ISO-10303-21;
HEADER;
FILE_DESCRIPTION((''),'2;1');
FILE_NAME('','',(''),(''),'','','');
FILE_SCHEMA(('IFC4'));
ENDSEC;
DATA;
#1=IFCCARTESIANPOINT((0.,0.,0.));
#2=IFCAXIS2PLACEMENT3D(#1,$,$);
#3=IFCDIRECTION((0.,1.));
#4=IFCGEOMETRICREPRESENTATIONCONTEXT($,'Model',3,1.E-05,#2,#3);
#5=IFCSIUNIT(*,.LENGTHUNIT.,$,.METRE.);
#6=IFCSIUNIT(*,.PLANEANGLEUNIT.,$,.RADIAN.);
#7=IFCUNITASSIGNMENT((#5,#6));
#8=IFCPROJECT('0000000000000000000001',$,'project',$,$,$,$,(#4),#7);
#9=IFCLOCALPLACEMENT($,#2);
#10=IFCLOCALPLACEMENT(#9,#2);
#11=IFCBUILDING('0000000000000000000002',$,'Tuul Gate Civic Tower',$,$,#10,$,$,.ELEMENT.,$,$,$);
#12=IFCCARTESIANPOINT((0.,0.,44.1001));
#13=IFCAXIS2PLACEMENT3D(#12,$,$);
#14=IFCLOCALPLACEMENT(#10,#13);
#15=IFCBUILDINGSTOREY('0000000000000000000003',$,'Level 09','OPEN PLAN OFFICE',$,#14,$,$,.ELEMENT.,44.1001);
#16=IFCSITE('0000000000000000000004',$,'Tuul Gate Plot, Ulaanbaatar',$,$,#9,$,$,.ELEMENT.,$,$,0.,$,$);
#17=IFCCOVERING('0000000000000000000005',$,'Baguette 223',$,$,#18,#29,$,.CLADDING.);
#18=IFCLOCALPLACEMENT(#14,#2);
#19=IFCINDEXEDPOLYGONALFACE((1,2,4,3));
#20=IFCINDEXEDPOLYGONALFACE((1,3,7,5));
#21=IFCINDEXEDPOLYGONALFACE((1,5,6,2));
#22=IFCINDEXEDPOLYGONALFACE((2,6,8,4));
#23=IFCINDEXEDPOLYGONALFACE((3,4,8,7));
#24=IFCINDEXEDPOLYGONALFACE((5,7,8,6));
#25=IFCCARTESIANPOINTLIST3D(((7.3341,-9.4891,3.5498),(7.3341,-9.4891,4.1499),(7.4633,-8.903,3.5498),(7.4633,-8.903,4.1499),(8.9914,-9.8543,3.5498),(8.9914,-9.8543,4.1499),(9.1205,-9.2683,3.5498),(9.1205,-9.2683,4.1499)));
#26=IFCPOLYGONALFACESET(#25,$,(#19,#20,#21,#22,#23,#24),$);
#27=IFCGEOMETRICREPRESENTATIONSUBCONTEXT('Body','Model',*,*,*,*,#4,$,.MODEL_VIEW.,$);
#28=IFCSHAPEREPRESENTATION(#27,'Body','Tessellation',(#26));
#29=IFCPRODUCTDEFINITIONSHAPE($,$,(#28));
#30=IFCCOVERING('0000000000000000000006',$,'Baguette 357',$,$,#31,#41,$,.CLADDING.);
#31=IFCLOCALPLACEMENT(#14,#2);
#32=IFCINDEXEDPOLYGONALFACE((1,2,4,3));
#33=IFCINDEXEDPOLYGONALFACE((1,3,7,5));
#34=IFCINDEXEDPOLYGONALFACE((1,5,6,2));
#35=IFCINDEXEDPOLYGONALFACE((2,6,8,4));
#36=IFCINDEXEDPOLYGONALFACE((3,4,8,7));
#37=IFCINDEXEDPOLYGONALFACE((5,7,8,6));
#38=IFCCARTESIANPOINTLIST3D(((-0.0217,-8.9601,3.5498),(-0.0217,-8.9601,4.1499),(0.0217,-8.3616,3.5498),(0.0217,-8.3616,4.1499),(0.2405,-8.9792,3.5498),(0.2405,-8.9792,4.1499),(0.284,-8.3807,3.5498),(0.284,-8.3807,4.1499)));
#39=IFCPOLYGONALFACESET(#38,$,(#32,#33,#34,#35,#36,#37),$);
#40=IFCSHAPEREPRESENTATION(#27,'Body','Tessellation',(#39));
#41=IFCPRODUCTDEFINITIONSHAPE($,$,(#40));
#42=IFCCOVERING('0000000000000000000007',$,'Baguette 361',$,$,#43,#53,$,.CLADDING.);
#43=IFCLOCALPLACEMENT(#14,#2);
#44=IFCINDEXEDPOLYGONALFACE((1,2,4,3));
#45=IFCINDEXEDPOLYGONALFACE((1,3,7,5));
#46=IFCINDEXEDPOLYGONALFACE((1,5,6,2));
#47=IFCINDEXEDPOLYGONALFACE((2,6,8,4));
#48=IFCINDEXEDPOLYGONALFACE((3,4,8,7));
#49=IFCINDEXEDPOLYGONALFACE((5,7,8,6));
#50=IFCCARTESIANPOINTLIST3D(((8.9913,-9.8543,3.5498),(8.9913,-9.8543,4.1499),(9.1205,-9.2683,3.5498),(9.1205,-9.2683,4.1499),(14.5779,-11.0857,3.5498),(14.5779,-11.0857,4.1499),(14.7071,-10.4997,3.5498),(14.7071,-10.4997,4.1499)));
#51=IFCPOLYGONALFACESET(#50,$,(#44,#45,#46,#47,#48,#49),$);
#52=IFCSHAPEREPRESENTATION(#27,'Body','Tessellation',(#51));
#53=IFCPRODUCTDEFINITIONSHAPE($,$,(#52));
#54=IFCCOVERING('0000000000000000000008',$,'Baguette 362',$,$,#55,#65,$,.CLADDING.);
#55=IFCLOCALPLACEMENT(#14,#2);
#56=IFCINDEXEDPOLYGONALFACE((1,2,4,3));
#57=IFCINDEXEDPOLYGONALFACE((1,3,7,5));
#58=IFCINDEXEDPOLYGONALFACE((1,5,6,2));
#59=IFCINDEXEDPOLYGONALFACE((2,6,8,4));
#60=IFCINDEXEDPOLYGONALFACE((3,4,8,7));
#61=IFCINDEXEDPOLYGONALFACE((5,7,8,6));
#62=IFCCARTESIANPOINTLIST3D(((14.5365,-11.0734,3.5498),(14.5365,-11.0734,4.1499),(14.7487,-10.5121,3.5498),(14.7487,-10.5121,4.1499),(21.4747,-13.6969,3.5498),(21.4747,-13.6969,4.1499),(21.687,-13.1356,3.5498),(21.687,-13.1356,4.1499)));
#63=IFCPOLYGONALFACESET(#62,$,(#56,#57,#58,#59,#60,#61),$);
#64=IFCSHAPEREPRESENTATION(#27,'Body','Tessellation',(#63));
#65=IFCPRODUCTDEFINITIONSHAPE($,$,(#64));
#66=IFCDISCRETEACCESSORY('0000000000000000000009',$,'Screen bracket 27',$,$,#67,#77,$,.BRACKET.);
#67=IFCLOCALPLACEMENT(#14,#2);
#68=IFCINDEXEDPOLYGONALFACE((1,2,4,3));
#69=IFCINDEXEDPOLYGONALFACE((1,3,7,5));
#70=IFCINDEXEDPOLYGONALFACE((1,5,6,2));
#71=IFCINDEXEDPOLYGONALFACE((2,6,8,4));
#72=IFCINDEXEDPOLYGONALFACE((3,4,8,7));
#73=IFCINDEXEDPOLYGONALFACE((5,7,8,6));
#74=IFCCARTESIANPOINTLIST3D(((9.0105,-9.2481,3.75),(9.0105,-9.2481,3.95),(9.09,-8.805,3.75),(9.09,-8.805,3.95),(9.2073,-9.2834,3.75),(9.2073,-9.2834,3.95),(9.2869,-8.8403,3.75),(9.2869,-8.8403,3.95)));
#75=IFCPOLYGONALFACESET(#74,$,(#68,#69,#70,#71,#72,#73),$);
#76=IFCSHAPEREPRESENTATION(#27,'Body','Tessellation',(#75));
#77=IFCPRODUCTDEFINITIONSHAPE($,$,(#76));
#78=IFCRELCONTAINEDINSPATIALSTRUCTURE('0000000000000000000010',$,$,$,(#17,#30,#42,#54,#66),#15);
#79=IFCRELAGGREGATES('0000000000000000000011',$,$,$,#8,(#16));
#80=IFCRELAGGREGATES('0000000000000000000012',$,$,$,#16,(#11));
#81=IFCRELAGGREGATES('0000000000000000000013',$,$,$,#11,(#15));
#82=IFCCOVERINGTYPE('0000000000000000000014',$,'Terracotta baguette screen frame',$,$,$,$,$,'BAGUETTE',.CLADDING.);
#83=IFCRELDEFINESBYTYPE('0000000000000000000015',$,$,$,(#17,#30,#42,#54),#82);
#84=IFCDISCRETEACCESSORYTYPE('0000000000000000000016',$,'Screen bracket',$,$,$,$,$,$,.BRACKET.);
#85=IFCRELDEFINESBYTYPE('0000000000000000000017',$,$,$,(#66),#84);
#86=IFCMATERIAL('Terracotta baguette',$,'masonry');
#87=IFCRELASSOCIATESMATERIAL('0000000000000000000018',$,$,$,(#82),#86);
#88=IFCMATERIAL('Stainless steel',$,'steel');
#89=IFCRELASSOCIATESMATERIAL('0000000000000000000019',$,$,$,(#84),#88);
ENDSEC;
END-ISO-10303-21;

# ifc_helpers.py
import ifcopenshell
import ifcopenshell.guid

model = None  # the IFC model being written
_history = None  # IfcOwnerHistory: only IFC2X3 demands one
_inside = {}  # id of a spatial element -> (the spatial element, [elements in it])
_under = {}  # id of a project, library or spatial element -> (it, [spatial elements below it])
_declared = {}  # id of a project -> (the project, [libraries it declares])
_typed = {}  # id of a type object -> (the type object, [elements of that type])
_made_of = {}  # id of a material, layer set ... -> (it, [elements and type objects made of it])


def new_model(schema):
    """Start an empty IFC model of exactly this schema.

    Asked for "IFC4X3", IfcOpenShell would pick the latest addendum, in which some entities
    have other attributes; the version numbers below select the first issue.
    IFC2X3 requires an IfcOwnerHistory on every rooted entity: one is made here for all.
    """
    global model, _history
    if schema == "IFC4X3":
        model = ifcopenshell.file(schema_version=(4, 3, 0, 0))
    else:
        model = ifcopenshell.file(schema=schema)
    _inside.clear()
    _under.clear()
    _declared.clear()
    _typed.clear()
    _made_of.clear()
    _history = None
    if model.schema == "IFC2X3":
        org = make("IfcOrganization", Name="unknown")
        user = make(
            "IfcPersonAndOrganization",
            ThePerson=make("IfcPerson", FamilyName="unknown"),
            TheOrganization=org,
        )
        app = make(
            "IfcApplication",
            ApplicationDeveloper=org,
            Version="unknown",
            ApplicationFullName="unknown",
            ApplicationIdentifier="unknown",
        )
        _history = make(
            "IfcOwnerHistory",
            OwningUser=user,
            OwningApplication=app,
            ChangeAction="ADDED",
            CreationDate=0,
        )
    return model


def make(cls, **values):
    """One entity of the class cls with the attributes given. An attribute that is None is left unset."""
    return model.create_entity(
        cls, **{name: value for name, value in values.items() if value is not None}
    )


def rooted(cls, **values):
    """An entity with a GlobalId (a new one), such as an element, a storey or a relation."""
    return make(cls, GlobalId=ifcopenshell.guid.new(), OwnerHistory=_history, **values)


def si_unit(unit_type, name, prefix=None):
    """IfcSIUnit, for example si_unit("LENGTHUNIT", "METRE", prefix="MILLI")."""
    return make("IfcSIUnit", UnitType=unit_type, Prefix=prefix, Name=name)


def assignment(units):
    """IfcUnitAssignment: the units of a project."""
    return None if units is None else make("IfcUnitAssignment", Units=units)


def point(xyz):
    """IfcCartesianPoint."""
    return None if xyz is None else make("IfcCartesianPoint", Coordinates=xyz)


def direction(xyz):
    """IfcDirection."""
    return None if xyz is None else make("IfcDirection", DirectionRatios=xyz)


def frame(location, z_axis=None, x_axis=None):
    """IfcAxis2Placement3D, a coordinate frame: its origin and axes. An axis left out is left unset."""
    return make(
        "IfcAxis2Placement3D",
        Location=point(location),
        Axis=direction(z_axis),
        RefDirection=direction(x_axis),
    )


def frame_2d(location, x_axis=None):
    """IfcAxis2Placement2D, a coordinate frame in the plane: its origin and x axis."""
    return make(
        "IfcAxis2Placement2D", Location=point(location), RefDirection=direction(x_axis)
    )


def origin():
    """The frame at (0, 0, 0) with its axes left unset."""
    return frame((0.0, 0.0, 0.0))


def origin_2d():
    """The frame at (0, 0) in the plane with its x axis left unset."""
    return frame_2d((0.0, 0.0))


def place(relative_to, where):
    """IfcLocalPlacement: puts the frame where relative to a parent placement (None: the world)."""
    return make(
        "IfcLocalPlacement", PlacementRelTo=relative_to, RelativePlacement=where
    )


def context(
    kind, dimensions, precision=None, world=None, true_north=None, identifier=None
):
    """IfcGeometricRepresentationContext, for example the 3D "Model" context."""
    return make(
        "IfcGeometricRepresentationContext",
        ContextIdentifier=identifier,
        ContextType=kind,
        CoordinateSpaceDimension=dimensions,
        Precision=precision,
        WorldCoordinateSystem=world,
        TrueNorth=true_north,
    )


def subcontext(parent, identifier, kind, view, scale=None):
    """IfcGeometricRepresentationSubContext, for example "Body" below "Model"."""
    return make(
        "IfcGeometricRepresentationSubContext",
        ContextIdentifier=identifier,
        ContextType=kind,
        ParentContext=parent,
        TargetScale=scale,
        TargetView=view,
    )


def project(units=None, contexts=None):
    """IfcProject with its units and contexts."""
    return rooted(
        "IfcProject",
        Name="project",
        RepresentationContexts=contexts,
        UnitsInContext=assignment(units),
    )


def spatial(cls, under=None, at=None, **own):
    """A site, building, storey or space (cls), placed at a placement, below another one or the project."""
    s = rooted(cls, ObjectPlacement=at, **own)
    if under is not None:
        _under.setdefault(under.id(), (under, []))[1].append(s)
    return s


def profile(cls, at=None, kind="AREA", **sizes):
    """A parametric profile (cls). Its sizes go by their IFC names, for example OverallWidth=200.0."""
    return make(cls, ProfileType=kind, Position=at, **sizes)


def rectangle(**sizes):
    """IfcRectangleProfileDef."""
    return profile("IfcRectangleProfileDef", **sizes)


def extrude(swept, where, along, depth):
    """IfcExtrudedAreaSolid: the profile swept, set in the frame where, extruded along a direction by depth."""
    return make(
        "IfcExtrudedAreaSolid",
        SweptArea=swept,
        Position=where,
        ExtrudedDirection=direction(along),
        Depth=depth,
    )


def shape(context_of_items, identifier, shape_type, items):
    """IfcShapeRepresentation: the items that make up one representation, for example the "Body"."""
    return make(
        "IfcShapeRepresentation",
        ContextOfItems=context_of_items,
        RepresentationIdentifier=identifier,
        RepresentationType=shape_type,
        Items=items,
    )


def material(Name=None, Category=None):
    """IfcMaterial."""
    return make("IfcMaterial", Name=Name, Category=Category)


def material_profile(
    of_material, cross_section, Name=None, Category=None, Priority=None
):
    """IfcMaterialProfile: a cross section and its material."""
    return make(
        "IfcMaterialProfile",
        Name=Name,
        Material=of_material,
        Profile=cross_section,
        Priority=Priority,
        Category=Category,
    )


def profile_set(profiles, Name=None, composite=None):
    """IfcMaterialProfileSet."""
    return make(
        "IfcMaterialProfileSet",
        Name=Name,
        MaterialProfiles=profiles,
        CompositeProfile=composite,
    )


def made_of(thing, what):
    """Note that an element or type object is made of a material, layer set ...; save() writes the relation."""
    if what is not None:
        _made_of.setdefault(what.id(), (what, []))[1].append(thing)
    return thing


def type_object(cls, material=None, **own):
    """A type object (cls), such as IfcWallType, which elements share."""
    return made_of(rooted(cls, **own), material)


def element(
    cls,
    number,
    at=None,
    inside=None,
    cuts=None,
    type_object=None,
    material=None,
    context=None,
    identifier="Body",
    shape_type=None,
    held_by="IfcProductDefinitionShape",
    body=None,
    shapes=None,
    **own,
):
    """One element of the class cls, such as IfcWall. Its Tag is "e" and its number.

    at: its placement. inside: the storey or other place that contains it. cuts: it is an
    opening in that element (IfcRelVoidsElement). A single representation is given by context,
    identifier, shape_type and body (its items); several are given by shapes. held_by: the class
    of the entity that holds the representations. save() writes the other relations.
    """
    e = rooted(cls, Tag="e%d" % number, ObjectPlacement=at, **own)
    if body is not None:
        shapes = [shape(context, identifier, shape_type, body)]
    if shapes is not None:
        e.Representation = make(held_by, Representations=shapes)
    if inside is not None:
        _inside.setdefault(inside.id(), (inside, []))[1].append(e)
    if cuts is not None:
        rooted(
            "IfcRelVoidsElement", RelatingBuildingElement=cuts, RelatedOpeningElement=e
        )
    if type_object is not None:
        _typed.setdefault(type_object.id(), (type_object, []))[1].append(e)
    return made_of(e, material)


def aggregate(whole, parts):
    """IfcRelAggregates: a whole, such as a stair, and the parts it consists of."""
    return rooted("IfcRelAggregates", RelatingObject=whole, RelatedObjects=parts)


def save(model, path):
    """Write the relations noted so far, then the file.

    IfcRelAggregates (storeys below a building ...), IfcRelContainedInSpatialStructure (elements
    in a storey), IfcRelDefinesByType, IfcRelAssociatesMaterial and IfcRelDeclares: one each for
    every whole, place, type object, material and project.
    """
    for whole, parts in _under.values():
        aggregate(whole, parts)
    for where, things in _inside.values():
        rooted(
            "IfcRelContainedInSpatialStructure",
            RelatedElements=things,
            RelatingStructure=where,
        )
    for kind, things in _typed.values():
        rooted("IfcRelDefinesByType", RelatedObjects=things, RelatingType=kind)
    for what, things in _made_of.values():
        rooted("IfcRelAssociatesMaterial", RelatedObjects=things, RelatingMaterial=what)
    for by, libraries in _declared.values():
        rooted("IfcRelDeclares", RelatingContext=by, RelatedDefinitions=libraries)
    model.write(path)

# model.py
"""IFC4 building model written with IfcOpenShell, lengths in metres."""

from ifc_helpers import new_model, si_unit, direction, frame, origin, origin_2d, place, context, subcontext, project, spatial, rectangle, extrude, material, material_profile, profile_set, type_object, element, save


model = new_model("IFC4")

# Units and contexts
model_context = context("Model", 3, precision=1e-05, world=origin(), true_north=direction((0.0, 1.0)))
body_context = subcontext(model_context, "Body", "Model", "MODEL_VIEW")
ifc_project = project(units=[si_unit("LENGTHUNIT", "METRE"), si_unit("PLANEANGLEUNIT", "RADIAN")], contexts=[model_context])

# Site, building, storey
site_placement = place(None, origin())
site = spatial("IfcSite", under=ifc_project, at=site_placement, Name="Tuul Gate Plot, Ulaanbaatar", CompositionType="ELEMENT", RefElevation=0.0)
building_placement = place(site_placement, origin())
building = spatial("IfcBuilding", under=site, at=building_placement, Name="Tuul Gate Civic Tower", CompositionType="ELEMENT")
storey_placement = place(building_placement, frame((0.0, 0.0, 44.1001)))
storey = spatial("IfcBuildingStorey", under=building, at=storey_placement, Name="Level 09", Description="OPEN PLAN OFFICE", CompositionType="ELEMENT", Elevation=44.1001)

# Coverings
ifc_material_1 = material(Name="Terracotta baguette", Category="masonry")
ifc_material_profile_1 = material_profile(ifc_material_1, rectangle(XDim=0.6001, YDim=0.6001, at=origin_2d()), Name="Terracotta baguette screen frame")
ifc_profile_set_1 = profile_set([ifc_material_profile_1], Name="Terracotta baguette")
covering_type = type_object("IfcCoveringType", Name="Terracotta baguette screen frame", ElementType="BAGUETTE", PredefinedType="CLADDING", material=ifc_profile_set_1)
covering_1_placement = place(storey_placement, frame((7.3987, -9.196, 3.8499), z_axis=(0.976565, -0.215224, 0.0), x_axis=(0.215224, 0.976565, 0.0)))
element("IfcCovering", 1, at=covering_1_placement, inside=storey, type_object=covering_type, Name="Baguette 223", PredefinedType="CLADDING", context=body_context, shape_type="SweptSolid", body=[
    extrude(rectangle(XDim=0.6001, YDim=0.6001, at=origin_2d()), origin(), (0.0, 0.0, 1.0), 1.697),
])
covering_2_placement = place(storey_placement, frame((0.0, -8.6609, 3.8499), z_axis=(0.997373, -0.072435, 0.0), x_axis=(0.072435, 0.997373, 0.0)))
element("IfcCovering", 2, at=covering_2_placement, inside=storey, type_object=covering_type, Name="Baguette 357", PredefinedType="CLADDING", context=body_context, shape_type="SweptSolid", body=[
    extrude(rectangle(XDim=0.6001, YDim=0.6001, at=origin_2d()), origin(), (0.0, 0.0, 1.0), 0.2629),
])
covering_3_placement = place(storey_placement, frame((9.0559, -9.5613, 3.8499), z_axis=(0.976557, -0.215258, 0.0), x_axis=(0.215258, 0.976557, 0.0)))
element("IfcCovering", 3, at=covering_3_placement, inside=storey, type_object=covering_type, Name="Baguette 361", PredefinedType="CLADDING", context=body_context, shape_type="SweptSolid", body=[
    extrude(rectangle(XDim=0.6001, YDim=0.6001, at=origin_2d()), origin(), (0.0, 0.0, 1.0), 5.7207),
])
covering_4_placement = place(storey_placement, frame((14.6426, -10.7927, 3.8499), z_axis=(0.935364, -0.353687, 0.0), x_axis=(0.353687, 0.935364, 0.0)))
element("IfcCovering", 4, at=covering_4_placement, inside=storey, type_object=covering_type, Name="Baguette 362", PredefinedType="CLADDING", context=body_context, shape_type="SweptSolid", body=[
    extrude(rectangle(XDim=0.6001, YDim=0.6001, at=origin_2d()), origin(), (0.0, 0.0, 1.0), 7.4177),
])

# Discrete accessory
ifc_material_2 = material(Name="Stainless steel", Category="steel")
discrete_accessory_type = type_object("IfcDiscreteAccessoryType", Name="Screen bracket", PredefinedType="BRACKET", material=ifc_material_2)
discrete_accessory_placement = place(storey_placement, frame((9.1487, -9.0442, 3.75), z_axis=(0.0, 0.0, 1.0), x_axis=(-0.176683, -0.984268, 0.0)))
element("IfcDiscreteAccessory", 5, at=discrete_accessory_placement, inside=storey, type_object=discrete_accessory_type, Name="Screen bracket 27", PredefinedType="BRACKET", context=body_context, shape_type="SweptSolid", body=[
    extrude(rectangle(XDim=0.4502, YDim=0.2, at=origin_2d()), origin(), (0.0, 0.0, 1.0), 0.2),
])

save(model, "model.ifc")
